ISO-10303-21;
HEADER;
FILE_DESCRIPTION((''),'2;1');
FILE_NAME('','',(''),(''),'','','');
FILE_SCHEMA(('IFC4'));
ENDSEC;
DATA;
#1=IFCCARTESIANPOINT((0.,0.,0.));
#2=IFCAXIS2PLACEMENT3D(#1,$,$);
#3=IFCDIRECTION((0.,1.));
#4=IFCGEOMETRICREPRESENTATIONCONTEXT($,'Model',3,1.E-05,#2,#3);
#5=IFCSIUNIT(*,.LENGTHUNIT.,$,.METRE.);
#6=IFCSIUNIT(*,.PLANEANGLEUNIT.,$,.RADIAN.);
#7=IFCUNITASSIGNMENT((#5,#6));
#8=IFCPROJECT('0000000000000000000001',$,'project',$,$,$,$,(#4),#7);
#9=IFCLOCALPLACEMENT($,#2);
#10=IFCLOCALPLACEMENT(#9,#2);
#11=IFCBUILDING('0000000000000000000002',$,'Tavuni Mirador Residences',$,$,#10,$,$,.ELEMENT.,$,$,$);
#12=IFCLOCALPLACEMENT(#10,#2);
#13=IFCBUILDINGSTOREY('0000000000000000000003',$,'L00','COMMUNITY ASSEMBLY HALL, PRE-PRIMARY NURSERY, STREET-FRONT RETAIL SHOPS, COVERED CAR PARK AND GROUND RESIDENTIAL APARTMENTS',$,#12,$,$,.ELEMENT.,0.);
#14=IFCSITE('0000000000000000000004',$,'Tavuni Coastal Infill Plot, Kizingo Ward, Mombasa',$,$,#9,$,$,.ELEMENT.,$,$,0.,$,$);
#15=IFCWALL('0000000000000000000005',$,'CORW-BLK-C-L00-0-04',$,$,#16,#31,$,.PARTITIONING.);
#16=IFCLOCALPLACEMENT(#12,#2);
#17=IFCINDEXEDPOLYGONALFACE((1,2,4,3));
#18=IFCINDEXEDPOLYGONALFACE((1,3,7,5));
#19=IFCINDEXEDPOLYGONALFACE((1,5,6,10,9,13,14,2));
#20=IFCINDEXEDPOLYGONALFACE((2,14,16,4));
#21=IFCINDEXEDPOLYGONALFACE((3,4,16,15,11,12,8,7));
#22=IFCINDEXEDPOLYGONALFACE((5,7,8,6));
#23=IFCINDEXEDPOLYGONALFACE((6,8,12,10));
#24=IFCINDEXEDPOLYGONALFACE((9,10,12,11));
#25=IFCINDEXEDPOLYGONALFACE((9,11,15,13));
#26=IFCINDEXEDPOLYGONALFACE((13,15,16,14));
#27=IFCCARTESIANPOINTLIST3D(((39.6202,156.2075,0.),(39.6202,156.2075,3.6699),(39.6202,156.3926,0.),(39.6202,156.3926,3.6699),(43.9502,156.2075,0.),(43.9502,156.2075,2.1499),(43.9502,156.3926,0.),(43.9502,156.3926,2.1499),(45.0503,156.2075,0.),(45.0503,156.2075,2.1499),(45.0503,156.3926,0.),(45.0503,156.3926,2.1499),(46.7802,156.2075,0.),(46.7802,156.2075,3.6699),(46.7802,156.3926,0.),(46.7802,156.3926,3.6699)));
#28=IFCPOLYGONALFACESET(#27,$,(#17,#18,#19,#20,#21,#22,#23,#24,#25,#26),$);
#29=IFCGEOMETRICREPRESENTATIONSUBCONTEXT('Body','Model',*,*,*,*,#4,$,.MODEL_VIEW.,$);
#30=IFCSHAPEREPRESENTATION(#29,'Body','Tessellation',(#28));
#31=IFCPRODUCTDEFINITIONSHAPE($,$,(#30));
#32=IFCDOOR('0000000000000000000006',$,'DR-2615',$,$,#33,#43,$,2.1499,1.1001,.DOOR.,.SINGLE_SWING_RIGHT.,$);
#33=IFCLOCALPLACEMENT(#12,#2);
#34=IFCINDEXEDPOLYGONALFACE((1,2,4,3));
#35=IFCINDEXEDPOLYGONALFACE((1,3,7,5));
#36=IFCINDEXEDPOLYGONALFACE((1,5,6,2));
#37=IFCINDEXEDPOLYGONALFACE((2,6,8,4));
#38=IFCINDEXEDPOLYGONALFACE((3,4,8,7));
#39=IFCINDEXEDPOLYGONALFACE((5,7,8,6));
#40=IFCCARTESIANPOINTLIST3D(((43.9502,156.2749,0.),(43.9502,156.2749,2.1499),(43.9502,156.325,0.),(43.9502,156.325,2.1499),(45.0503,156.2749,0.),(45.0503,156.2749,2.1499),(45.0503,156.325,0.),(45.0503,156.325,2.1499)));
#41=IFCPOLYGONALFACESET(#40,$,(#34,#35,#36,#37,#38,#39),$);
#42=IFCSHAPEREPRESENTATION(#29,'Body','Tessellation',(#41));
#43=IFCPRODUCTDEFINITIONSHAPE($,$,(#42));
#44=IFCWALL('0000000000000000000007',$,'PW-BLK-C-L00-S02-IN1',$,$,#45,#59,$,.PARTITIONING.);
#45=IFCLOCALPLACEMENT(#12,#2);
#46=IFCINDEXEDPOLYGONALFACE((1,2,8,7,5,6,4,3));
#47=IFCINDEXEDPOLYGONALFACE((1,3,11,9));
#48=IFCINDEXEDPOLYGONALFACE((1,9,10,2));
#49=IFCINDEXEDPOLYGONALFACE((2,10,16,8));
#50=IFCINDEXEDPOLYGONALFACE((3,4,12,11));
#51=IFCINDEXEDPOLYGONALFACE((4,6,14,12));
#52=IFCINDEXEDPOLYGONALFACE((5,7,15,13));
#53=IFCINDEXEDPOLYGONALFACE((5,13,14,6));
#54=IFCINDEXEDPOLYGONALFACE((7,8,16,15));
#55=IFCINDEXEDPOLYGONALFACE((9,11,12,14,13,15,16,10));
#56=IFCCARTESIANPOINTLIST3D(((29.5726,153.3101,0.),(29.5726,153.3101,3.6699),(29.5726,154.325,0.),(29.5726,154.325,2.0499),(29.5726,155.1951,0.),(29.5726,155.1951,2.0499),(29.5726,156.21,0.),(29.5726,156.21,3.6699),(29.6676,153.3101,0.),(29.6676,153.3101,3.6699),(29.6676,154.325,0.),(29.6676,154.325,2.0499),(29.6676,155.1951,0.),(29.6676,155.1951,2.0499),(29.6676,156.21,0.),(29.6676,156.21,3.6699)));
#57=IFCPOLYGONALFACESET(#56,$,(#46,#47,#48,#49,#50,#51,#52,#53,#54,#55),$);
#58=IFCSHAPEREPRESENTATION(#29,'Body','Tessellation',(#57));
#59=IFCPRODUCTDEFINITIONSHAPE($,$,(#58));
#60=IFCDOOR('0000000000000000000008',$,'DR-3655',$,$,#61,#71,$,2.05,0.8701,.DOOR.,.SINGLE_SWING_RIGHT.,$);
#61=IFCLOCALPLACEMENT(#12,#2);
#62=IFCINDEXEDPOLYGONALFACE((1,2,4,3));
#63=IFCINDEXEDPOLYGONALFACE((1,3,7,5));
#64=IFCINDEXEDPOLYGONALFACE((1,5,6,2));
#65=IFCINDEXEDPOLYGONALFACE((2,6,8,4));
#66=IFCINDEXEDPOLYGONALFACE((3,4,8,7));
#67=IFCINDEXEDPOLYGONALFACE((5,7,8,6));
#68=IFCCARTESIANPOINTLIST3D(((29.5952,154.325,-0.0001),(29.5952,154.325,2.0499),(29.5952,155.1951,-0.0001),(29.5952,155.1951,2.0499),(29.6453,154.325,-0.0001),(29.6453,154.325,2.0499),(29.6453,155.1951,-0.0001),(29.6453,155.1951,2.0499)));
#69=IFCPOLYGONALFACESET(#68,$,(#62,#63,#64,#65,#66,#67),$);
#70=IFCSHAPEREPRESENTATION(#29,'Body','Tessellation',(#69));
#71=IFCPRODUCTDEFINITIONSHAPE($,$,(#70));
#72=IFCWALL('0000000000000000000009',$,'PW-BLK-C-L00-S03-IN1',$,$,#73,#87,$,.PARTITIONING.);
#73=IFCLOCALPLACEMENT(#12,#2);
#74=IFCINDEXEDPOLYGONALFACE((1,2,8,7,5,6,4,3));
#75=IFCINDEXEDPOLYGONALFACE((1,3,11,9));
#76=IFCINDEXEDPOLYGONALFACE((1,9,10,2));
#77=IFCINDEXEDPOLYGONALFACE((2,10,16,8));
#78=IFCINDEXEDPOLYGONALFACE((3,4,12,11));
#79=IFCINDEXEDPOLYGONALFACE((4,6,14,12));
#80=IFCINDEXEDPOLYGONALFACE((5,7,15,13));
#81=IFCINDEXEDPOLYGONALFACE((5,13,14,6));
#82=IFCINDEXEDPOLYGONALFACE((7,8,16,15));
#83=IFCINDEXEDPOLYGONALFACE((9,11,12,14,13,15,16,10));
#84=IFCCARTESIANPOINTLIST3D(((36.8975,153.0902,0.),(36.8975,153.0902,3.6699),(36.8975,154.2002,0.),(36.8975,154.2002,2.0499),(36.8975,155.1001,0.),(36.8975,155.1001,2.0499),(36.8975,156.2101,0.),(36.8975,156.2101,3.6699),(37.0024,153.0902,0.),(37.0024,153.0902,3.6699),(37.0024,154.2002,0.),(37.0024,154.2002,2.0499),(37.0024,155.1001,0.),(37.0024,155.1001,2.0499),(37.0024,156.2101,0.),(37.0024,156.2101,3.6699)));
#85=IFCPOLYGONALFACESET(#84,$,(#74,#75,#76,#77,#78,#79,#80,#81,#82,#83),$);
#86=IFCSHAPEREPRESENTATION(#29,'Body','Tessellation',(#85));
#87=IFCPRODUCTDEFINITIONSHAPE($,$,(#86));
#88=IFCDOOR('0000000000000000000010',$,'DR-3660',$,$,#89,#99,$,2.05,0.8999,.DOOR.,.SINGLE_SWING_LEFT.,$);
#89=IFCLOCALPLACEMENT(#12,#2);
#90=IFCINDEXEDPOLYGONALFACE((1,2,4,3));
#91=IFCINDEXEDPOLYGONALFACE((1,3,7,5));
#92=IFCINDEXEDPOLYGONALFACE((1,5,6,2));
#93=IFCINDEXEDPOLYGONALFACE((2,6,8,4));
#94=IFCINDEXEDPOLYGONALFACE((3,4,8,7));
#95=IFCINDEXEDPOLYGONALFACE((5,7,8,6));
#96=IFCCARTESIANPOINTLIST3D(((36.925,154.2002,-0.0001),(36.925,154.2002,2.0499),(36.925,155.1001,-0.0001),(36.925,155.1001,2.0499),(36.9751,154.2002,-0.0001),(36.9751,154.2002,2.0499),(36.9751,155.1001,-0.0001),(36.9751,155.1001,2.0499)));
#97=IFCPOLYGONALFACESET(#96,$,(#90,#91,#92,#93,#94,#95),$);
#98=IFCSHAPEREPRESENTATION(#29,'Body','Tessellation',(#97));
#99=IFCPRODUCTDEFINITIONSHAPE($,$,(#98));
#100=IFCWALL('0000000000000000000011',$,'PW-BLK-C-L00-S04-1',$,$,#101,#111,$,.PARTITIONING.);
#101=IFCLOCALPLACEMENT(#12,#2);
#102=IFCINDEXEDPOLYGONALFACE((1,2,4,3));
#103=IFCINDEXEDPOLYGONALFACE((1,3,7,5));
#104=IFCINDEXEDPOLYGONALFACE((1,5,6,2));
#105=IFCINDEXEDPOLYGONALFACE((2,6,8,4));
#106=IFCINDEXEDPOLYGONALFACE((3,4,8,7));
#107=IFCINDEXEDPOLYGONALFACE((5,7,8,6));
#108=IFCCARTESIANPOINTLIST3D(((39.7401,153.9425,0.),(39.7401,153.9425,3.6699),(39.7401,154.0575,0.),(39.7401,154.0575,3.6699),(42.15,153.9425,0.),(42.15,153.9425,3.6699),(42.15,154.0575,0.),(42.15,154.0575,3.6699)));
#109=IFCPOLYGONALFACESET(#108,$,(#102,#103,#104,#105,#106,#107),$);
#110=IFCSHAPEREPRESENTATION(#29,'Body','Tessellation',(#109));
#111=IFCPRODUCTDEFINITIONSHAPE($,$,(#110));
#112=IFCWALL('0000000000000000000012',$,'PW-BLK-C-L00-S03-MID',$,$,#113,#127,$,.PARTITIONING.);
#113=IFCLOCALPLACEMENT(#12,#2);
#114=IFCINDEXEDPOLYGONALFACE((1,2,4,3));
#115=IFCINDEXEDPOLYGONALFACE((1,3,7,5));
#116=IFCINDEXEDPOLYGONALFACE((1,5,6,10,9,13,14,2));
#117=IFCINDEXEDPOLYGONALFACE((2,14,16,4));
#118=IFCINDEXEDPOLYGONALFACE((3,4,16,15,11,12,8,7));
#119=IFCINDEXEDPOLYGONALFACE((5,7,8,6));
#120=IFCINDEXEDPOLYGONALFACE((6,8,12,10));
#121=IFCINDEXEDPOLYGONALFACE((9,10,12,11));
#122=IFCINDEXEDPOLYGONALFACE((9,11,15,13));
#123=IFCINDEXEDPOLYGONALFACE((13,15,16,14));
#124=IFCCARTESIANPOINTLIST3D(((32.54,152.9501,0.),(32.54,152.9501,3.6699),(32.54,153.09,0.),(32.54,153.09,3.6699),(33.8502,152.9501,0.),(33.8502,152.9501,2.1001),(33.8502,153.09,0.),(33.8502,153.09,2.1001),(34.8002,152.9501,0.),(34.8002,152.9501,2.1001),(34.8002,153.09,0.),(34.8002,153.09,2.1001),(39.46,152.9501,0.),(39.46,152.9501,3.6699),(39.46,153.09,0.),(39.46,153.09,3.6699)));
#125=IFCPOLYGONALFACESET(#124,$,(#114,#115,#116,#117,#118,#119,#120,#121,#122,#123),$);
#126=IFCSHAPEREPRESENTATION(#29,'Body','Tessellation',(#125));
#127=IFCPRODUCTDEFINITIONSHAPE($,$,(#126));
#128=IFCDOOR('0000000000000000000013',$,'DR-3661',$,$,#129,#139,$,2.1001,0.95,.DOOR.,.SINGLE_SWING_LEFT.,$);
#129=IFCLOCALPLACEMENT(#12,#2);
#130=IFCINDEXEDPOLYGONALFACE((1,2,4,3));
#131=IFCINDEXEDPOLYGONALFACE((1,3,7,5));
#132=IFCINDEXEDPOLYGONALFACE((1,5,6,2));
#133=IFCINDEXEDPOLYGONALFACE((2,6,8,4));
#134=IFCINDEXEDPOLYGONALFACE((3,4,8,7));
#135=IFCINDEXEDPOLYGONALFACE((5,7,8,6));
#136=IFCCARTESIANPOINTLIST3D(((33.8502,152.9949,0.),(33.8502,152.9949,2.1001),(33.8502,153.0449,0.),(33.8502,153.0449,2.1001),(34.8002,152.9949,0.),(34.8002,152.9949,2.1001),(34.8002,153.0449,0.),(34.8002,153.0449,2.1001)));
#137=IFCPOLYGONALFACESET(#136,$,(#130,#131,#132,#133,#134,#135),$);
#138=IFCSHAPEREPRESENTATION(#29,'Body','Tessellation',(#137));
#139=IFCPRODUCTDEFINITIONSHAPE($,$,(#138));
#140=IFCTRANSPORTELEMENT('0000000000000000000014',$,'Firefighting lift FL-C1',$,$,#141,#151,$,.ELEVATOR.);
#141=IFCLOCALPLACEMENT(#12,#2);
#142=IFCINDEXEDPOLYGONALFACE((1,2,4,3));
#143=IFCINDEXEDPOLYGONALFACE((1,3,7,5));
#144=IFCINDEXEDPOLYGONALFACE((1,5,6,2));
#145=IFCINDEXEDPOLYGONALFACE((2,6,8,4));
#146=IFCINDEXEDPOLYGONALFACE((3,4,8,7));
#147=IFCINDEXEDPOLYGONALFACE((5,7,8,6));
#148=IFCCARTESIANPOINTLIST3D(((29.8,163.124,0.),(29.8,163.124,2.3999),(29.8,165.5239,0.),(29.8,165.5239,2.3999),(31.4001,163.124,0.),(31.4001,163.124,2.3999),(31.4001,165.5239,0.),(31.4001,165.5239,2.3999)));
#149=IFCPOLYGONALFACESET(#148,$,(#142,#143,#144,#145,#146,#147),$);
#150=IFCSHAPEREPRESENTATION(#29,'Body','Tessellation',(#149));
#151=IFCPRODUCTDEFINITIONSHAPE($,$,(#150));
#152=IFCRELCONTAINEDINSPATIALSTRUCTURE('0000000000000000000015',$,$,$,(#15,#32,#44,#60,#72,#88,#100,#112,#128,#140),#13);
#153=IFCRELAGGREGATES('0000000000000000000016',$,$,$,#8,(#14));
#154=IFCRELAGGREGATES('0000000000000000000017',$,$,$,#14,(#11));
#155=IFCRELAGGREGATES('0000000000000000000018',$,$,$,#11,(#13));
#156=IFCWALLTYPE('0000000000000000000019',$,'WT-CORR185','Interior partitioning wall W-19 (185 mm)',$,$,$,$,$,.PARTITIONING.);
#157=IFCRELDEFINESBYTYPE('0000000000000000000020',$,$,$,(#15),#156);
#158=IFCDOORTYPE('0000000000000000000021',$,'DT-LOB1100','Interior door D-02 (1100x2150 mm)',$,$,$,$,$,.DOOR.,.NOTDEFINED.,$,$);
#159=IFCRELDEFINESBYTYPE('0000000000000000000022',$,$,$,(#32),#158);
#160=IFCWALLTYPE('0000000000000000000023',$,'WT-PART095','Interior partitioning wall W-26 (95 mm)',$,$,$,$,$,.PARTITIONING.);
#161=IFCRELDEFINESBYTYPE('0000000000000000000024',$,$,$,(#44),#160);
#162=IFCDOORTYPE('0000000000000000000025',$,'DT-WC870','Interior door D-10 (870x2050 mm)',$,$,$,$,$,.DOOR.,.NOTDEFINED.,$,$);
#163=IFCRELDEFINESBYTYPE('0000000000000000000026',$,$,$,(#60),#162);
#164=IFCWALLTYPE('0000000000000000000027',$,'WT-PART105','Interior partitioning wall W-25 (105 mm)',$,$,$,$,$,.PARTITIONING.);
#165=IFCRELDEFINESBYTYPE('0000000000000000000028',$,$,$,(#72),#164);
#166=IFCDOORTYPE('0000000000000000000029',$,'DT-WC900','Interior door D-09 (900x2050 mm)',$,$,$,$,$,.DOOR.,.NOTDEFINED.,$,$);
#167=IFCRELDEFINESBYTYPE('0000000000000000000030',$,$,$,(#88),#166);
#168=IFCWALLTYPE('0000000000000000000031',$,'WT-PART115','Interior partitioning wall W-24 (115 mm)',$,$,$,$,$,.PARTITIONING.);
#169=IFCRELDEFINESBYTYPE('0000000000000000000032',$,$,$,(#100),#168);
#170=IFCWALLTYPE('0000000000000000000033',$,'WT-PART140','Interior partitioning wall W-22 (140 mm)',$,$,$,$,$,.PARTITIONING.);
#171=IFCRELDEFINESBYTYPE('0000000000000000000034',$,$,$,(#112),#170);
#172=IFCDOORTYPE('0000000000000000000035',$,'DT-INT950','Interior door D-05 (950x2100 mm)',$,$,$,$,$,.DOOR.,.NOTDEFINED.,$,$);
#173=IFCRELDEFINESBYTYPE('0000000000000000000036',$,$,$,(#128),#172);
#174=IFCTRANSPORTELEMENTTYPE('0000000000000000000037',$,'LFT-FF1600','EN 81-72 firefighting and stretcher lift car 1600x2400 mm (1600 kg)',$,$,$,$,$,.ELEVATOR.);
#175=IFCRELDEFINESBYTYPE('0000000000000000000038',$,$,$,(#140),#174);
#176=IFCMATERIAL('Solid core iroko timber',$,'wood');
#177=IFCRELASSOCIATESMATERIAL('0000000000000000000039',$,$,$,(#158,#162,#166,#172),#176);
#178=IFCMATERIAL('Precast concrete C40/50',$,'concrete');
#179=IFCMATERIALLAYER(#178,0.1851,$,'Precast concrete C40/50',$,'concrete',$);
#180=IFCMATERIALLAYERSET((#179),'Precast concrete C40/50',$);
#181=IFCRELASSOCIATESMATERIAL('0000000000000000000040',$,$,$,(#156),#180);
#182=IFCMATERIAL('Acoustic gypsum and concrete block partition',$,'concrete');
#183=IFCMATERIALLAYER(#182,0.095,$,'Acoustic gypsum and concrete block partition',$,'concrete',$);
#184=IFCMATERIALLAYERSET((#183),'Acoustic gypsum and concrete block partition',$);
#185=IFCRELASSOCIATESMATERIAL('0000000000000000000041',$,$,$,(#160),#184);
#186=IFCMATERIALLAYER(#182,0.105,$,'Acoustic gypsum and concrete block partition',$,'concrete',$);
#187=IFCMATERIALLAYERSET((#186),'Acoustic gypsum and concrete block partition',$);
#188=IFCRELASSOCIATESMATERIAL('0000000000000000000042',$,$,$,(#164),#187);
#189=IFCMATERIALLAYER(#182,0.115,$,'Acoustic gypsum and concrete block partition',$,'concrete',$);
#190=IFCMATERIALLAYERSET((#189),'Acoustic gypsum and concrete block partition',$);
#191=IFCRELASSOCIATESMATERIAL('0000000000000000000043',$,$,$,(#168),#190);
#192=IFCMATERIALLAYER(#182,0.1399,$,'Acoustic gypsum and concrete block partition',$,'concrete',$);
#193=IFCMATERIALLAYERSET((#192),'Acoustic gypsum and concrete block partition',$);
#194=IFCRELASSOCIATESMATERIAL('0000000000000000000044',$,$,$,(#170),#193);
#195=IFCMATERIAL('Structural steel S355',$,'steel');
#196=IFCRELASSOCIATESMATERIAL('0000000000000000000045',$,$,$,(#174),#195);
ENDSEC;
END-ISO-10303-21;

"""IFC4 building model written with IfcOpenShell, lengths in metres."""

from ifc_helpers import new_model, si_unit, direction, frame, frame_2d, origin, origin_2d, place, context, subcontext, project, spatial, rectangle, extrude, material, layer, layer_set, type_object, element, fill, save


model = new_model("IFC4")

# Units and contexts
model_context = context("Model", 3, precision=1e-05, world=origin(), true_north=direction((0.0, 1.0)))
body_context = subcontext(model_context, "Body", "Model", "MODEL_VIEW")
ifc_project = project(units=[si_unit("LENGTHUNIT", "METRE"), si_unit("PLANEANGLEUNIT", "RADIAN")], contexts=[model_context])

# Site, building, storey
site_placement = place(None, origin())
site = spatial("IfcSite", under=ifc_project, at=site_placement, Name="Tavuni Coastal Infill Plot, Kizingo Ward, Mombasa", CompositionType="ELEMENT", RefElevation=0.0)
building_placement = place(site_placement, origin())
building = spatial("IfcBuilding", under=site, at=building_placement, Name="Tavuni Mirador Residences", CompositionType="ELEMENT")
storey_placement = place(building_placement, origin())
storey = spatial("IfcBuildingStorey", under=building, at=storey_placement, Name="L00", Description="COMMUNITY ASSEMBLY HALL, PRE-PRIMARY NURSERY, STREET-FRONT RETAIL SHOPS, COVERED CAR PARK AND GROUND RESIDENTIAL APARTMENTS", CompositionType="ELEMENT", Elevation=0.0)

# Shared definitions
ifc_material_1 = material(Name="Precast concrete C40/50", Category="concrete")

# Shared definitions
ifc_material_2 = material(Name="Solid core iroko timber", Category="wood")
door_type_1 = type_object("IfcDoorType", Name="DT-LOB1100", Description="Interior door D-02 (1100x2150 mm)", OperationType="NOTDEFINED", PredefinedType="DOOR", material=ifc_material_2)

# Walls, openings, doors
ifc_layer_1 = layer(ifc_material_1, 0.1851, Name="Precast concrete C40/50", Category="concrete")
ifc_layer_set_1 = layer_set([ifc_layer_1], Name="Precast concrete C40/50")
wall_type_1 = type_object("IfcWallType", Name="WT-CORR185", Description="Interior partitioning wall W-19 (185 mm)", PredefinedType="PARTITIONING", material=ifc_layer_set_1)
wall_1_placement = place(storey_placement, frame((39.6201, 156.3, 0.0), z_axis=(0.0, 0.0, 1.0), x_axis=(1.0, 0.0, 0.0)))
wall_1 = element("IfcWall", 1, at=wall_1_placement, inside=storey, type_object=wall_type_1, Name="CORW-BLK-C-L00-0-04", PredefinedType="PARTITIONING", context=body_context, shape_type="SweptSolid", body=[
    extrude(rectangle(XDim=7.1599, YDim=0.1851, at=frame_2d((3.5801, 0.0))), origin(), (0.0, 0.0, 1.0), 3.6699),
])
opening_1_placement = place(wall_1_placement, frame((4.3301, 0.0, 0.0)))
opening_1 = element("IfcOpeningElement", 2, at=opening_1_placement, cuts=wall_1, PredefinedType="OPENING", context=body_context, shape_type="SweptSolid", body=[
    extrude(rectangle(XDim=1.1001, YDim=2.1499, at=frame_2d((0.55, 1.075))), frame((0.0, 0.1025, 0.0), z_axis=(0.0, -1.0, 0.0), x_axis=(1.0, 0.0, 0.0)), (0.0, 0.0, 1.0), 0.2051),
])
door_1_placement = place(opening_1_placement, origin())
door_1 = element("IfcDoor", 3, at=door_1_placement, inside=storey, type_object=door_type_1, Name="DR-2615", OperationType="SINGLE_SWING_RIGHT", OverallHeight=2.1499, OverallWidth=1.1001, PredefinedType="DOOR", context=body_context, shape_type="SweptSolid", body=[
    extrude(rectangle(XDim=1.1001, YDim=2.1499, at=frame_2d((0.55, 1.075))), frame((0.0, 0.0249, 0.0), z_axis=(0.0, -1.0, 0.0), x_axis=(1.0, 0.0, 0.0)), (0.0, 0.0, 1.0), 0.05),
])
fill(opening_1, door_1)
ifc_material_3 = material(Name="Acoustic gypsum and concrete block partition", Category="concrete")
ifc_layer_2 = layer(ifc_material_3, 0.095, Name="Acoustic gypsum and concrete block partition", Category="concrete")
ifc_layer_set_2 = layer_set([ifc_layer_2], Name="Acoustic gypsum and concrete block partition")
wall_type_2 = type_object("IfcWallType", Name="WT-PART095", Description="Interior partitioning wall W-26 (95 mm)", PredefinedType="PARTITIONING", material=ifc_layer_set_2)
wall_2_placement = place(storey_placement, frame((29.6201, 153.3101, 0.0), z_axis=(0.0, 0.0, 1.0), x_axis=(0.0, 1.0, 0.0)))
wall_2 = element("IfcWall", 4, at=wall_2_placement, inside=storey, type_object=wall_type_2, Name="PW-BLK-C-L00-S02-IN1", PredefinedType="PARTITIONING", context=body_context, shape_type="SweptSolid", body=[
    extrude(rectangle(XDim=2.8999, YDim=0.095, at=frame_2d((1.45, 0.0))), origin(), (0.0, 0.0, 1.0), 3.6699),
])
opening_2_placement = place(wall_2_placement, frame((1.0149, 0.0, 0.0)))
opening_2 = element("IfcOpeningElement", 5, at=opening_2_placement, cuts=wall_2, PredefinedType="OPENING", context=body_context, shape_type="SweptSolid", body=[
    extrude(rectangle(XDim=0.8701, YDim=2.05, at=frame_2d((0.4351, 1.0249))), frame((0.0, 0.0576, 0.0), z_axis=(0.0, -1.0, 0.0), x_axis=(1.0, 0.0, 0.0)), (0.0, 0.0, 1.0), 0.115),
])
door_type_2 = type_object("IfcDoorType", Name="DT-WC870", Description="Interior door D-10 (870x2050 mm)", OperationType="NOTDEFINED", PredefinedType="DOOR", material=ifc_material_2)
door_2_placement = place(opening_2_placement, origin())
door_2 = element("IfcDoor", 6, at=door_2_placement, inside=storey, type_object=door_type_2, Name="DR-3655", OperationType="SINGLE_SWING_RIGHT", OverallHeight=2.05, OverallWidth=0.8701, PredefinedType="DOOR", context=body_context, shape_type="SweptSolid", body=[
    extrude(rectangle(XDim=0.8701, YDim=2.05, at=frame_2d((0.4351, 1.0249))), frame((0.0, 0.0249, 0.0), z_axis=(0.0, -1.0, 0.0), x_axis=(1.0, 0.0, 0.0)), (0.0, 0.0, 1.0), 0.05),
])
fill(opening_2, door_2)
ifc_layer_3 = layer(ifc_material_3, 0.105, Name="Acoustic gypsum and concrete block partition", Category="concrete")
ifc_layer_set_3 = layer_set([ifc_layer_3], Name="Acoustic gypsum and concrete block partition")
wall_type_3 = type_object("IfcWallType", Name="WT-PART105", Description="Interior partitioning wall W-25 (105 mm)", PredefinedType="PARTITIONING", material=ifc_layer_set_3)
wall_3_placement = place(storey_placement, frame((36.95, 153.0901, 0.0), z_axis=(0.0, 0.0, 1.0), x_axis=(0.0, 1.0, 0.0)))
wall_3 = element("IfcWall", 7, at=wall_3_placement, inside=storey, type_object=wall_type_3, Name="PW-BLK-C-L00-S03-IN1", PredefinedType="PARTITIONING", context=body_context, shape_type="SweptSolid", body=[
    extrude(rectangle(XDim=3.1199, YDim=0.105, at=frame_2d((1.5601, 0.0))), origin(), (0.0, 0.0, 1.0), 3.6699),
])
opening_3_placement = place(wall_3_placement, frame((1.1101, 0.0, 0.0)))
opening_3 = element("IfcOpeningElement", 8, at=opening_3_placement, cuts=wall_3, PredefinedType="OPENING", context=body_context, shape_type="SweptSolid", body=[
    extrude(rectangle(XDim=0.8999, YDim=2.05, at=frame_2d((0.45, 1.0249))), frame((0.0, 0.0625, 0.0), z_axis=(0.0, -1.0, 0.0), x_axis=(1.0, 0.0, 0.0)), (0.0, 0.0, 1.0), 0.125),
])
door_type_3 = type_object("IfcDoorType", Name="DT-WC900", Description="Interior door D-09 (900x2050 mm)", OperationType="NOTDEFINED", PredefinedType="DOOR", material=ifc_material_2)
door_3_placement = place(opening_3_placement, origin())
door_3 = element("IfcDoor", 9, at=door_3_placement, inside=storey, type_object=door_type_3, Name="DR-3660", OperationType="SINGLE_SWING_LEFT", OverallHeight=2.05, OverallWidth=0.8999, PredefinedType="DOOR", context=body_context, shape_type="SweptSolid", body=[
    extrude(rectangle(XDim=0.8999, YDim=2.05, at=frame_2d((0.45, 1.0249))), frame((0.0, 0.0249, 0.0), z_axis=(0.0, -1.0, 0.0), x_axis=(1.0, 0.0, 0.0)), (0.0, 0.0, 1.0), 0.05),
])
fill(opening_3, door_3)

# Wall
ifc_layer_4 = layer(ifc_material_3, 0.115, Name="Acoustic gypsum and concrete block partition", Category="concrete")
ifc_layer_set_4 = layer_set([ifc_layer_4], Name="Acoustic gypsum and concrete block partition")
wall_type_4 = type_object("IfcWallType", Name="WT-PART115", Description="Interior partitioning wall W-24 (115 mm)", PredefinedType="PARTITIONING", material=ifc_layer_set_4)
wall_4_placement = place(storey_placement, frame((39.74, 154.0, 0.0), z_axis=(0.0, 0.0, 1.0), x_axis=(1.0, 0.0, 0.0)))
element("IfcWall", 10, at=wall_4_placement, inside=storey, type_object=wall_type_4, Name="PW-BLK-C-L00-S04-1", PredefinedType="PARTITIONING", context=body_context, shape_type="SweptSolid", body=[
    extrude(rectangle(XDim=2.4099, YDim=0.115, at=frame_2d((1.2051, 0.0))), origin(), (0.0, 0.0, 1.0), 3.6699),
])

# Wall, opening, door
ifc_layer_5 = layer(ifc_material_3, 0.1399, Name="Acoustic gypsum and concrete block partition", Category="concrete")
ifc_layer_set_5 = layer_set([ifc_layer_5], Name="Acoustic gypsum and concrete block partition")
wall_type_5 = type_object("IfcWallType", Name="WT-PART140", Description="Interior partitioning wall W-22 (140 mm)", PredefinedType="PARTITIONING", material=ifc_layer_set_5)
wall_5_placement = place(storey_placement, frame((32.54, 153.02, 0.0), z_axis=(0.0, 0.0, 1.0), x_axis=(1.0, 0.0, 0.0)))
wall_5 = element("IfcWall", 11, at=wall_5_placement, inside=storey, type_object=wall_type_5, Name="PW-BLK-C-L00-S03-MID", PredefinedType="PARTITIONING", context=body_context, shape_type="SweptSolid", body=[
    extrude(rectangle(XDim=6.9199, YDim=0.1399, at=frame_2d((3.46, 0.0))), origin(), (0.0, 0.0, 1.0), 3.6699),
])
opening_4_placement = place(wall_5_placement, frame((1.3101, 0.0, 0.0)))
opening_4 = element("IfcOpeningElement", 12, at=opening_4_placement, cuts=wall_5, PredefinedType="OPENING", context=body_context, shape_type="SweptSolid", body=[
    extrude(rectangle(XDim=0.95, YDim=2.1001, at=frame_2d((0.4751, 1.05))), frame((0.0, 0.0801, 0.0), z_axis=(0.0, -1.0, 0.0), x_axis=(1.0, 0.0, 0.0)), (0.0, 0.0, 1.0), 0.1599),
])
door_type_4 = type_object("IfcDoorType", Name="DT-INT950", Description="Interior door D-05 (950x2100 mm)", OperationType="NOTDEFINED", PredefinedType="DOOR", material=ifc_material_2)
door_4_placement = place(opening_4_placement, origin())
door_4 = element("IfcDoor", 13, at=door_4_placement, inside=storey, type_object=door_type_4, Name="DR-3661", OperationType="SINGLE_SWING_LEFT", OverallHeight=2.1001, OverallWidth=0.95, PredefinedType="DOOR", context=body_context, shape_type="SweptSolid", body=[
    extrude(rectangle(XDim=0.95, YDim=2.1001, at=frame_2d((0.4751, 1.05))), frame((0.0, 0.0249, 0.0), z_axis=(0.0, -1.0, 0.0), x_axis=(1.0, 0.0, 0.0)), (0.0, 0.0, 1.0), 0.05),
])
fill(opening_4, door_4)

# Transport element
ifc_material_4 = material(Name="Structural steel S355", Category="steel")
transport_element_type = type_object("IfcTransportElementType", Name="LFT-FF1600", Description="EN 81-72 firefighting and stretcher lift car 1600x2400 mm (1600 kg)", PredefinedType="ELEVATOR", material=ifc_material_4)
transport_element_placement = place(storey_placement, frame((30.6001, 164.324, 0.0), z_axis=(0.0, 0.0, 1.0), x_axis=(1.0, 0.0, 0.0)))
element("IfcTransportElement", 14, at=transport_element_placement, inside=storey, type_object=transport_element_type, Name="Firefighting lift FL-C1", PredefinedType="ELEVATOR", context=body_context, shape_type="SweptSolid", body=[
    extrude(rectangle(XDim=1.6001, YDim=2.3999, at=origin_2d()), origin(), (0.0, 0.0, 1.0), 2.3999),
])

save(model, "model.ifc")
